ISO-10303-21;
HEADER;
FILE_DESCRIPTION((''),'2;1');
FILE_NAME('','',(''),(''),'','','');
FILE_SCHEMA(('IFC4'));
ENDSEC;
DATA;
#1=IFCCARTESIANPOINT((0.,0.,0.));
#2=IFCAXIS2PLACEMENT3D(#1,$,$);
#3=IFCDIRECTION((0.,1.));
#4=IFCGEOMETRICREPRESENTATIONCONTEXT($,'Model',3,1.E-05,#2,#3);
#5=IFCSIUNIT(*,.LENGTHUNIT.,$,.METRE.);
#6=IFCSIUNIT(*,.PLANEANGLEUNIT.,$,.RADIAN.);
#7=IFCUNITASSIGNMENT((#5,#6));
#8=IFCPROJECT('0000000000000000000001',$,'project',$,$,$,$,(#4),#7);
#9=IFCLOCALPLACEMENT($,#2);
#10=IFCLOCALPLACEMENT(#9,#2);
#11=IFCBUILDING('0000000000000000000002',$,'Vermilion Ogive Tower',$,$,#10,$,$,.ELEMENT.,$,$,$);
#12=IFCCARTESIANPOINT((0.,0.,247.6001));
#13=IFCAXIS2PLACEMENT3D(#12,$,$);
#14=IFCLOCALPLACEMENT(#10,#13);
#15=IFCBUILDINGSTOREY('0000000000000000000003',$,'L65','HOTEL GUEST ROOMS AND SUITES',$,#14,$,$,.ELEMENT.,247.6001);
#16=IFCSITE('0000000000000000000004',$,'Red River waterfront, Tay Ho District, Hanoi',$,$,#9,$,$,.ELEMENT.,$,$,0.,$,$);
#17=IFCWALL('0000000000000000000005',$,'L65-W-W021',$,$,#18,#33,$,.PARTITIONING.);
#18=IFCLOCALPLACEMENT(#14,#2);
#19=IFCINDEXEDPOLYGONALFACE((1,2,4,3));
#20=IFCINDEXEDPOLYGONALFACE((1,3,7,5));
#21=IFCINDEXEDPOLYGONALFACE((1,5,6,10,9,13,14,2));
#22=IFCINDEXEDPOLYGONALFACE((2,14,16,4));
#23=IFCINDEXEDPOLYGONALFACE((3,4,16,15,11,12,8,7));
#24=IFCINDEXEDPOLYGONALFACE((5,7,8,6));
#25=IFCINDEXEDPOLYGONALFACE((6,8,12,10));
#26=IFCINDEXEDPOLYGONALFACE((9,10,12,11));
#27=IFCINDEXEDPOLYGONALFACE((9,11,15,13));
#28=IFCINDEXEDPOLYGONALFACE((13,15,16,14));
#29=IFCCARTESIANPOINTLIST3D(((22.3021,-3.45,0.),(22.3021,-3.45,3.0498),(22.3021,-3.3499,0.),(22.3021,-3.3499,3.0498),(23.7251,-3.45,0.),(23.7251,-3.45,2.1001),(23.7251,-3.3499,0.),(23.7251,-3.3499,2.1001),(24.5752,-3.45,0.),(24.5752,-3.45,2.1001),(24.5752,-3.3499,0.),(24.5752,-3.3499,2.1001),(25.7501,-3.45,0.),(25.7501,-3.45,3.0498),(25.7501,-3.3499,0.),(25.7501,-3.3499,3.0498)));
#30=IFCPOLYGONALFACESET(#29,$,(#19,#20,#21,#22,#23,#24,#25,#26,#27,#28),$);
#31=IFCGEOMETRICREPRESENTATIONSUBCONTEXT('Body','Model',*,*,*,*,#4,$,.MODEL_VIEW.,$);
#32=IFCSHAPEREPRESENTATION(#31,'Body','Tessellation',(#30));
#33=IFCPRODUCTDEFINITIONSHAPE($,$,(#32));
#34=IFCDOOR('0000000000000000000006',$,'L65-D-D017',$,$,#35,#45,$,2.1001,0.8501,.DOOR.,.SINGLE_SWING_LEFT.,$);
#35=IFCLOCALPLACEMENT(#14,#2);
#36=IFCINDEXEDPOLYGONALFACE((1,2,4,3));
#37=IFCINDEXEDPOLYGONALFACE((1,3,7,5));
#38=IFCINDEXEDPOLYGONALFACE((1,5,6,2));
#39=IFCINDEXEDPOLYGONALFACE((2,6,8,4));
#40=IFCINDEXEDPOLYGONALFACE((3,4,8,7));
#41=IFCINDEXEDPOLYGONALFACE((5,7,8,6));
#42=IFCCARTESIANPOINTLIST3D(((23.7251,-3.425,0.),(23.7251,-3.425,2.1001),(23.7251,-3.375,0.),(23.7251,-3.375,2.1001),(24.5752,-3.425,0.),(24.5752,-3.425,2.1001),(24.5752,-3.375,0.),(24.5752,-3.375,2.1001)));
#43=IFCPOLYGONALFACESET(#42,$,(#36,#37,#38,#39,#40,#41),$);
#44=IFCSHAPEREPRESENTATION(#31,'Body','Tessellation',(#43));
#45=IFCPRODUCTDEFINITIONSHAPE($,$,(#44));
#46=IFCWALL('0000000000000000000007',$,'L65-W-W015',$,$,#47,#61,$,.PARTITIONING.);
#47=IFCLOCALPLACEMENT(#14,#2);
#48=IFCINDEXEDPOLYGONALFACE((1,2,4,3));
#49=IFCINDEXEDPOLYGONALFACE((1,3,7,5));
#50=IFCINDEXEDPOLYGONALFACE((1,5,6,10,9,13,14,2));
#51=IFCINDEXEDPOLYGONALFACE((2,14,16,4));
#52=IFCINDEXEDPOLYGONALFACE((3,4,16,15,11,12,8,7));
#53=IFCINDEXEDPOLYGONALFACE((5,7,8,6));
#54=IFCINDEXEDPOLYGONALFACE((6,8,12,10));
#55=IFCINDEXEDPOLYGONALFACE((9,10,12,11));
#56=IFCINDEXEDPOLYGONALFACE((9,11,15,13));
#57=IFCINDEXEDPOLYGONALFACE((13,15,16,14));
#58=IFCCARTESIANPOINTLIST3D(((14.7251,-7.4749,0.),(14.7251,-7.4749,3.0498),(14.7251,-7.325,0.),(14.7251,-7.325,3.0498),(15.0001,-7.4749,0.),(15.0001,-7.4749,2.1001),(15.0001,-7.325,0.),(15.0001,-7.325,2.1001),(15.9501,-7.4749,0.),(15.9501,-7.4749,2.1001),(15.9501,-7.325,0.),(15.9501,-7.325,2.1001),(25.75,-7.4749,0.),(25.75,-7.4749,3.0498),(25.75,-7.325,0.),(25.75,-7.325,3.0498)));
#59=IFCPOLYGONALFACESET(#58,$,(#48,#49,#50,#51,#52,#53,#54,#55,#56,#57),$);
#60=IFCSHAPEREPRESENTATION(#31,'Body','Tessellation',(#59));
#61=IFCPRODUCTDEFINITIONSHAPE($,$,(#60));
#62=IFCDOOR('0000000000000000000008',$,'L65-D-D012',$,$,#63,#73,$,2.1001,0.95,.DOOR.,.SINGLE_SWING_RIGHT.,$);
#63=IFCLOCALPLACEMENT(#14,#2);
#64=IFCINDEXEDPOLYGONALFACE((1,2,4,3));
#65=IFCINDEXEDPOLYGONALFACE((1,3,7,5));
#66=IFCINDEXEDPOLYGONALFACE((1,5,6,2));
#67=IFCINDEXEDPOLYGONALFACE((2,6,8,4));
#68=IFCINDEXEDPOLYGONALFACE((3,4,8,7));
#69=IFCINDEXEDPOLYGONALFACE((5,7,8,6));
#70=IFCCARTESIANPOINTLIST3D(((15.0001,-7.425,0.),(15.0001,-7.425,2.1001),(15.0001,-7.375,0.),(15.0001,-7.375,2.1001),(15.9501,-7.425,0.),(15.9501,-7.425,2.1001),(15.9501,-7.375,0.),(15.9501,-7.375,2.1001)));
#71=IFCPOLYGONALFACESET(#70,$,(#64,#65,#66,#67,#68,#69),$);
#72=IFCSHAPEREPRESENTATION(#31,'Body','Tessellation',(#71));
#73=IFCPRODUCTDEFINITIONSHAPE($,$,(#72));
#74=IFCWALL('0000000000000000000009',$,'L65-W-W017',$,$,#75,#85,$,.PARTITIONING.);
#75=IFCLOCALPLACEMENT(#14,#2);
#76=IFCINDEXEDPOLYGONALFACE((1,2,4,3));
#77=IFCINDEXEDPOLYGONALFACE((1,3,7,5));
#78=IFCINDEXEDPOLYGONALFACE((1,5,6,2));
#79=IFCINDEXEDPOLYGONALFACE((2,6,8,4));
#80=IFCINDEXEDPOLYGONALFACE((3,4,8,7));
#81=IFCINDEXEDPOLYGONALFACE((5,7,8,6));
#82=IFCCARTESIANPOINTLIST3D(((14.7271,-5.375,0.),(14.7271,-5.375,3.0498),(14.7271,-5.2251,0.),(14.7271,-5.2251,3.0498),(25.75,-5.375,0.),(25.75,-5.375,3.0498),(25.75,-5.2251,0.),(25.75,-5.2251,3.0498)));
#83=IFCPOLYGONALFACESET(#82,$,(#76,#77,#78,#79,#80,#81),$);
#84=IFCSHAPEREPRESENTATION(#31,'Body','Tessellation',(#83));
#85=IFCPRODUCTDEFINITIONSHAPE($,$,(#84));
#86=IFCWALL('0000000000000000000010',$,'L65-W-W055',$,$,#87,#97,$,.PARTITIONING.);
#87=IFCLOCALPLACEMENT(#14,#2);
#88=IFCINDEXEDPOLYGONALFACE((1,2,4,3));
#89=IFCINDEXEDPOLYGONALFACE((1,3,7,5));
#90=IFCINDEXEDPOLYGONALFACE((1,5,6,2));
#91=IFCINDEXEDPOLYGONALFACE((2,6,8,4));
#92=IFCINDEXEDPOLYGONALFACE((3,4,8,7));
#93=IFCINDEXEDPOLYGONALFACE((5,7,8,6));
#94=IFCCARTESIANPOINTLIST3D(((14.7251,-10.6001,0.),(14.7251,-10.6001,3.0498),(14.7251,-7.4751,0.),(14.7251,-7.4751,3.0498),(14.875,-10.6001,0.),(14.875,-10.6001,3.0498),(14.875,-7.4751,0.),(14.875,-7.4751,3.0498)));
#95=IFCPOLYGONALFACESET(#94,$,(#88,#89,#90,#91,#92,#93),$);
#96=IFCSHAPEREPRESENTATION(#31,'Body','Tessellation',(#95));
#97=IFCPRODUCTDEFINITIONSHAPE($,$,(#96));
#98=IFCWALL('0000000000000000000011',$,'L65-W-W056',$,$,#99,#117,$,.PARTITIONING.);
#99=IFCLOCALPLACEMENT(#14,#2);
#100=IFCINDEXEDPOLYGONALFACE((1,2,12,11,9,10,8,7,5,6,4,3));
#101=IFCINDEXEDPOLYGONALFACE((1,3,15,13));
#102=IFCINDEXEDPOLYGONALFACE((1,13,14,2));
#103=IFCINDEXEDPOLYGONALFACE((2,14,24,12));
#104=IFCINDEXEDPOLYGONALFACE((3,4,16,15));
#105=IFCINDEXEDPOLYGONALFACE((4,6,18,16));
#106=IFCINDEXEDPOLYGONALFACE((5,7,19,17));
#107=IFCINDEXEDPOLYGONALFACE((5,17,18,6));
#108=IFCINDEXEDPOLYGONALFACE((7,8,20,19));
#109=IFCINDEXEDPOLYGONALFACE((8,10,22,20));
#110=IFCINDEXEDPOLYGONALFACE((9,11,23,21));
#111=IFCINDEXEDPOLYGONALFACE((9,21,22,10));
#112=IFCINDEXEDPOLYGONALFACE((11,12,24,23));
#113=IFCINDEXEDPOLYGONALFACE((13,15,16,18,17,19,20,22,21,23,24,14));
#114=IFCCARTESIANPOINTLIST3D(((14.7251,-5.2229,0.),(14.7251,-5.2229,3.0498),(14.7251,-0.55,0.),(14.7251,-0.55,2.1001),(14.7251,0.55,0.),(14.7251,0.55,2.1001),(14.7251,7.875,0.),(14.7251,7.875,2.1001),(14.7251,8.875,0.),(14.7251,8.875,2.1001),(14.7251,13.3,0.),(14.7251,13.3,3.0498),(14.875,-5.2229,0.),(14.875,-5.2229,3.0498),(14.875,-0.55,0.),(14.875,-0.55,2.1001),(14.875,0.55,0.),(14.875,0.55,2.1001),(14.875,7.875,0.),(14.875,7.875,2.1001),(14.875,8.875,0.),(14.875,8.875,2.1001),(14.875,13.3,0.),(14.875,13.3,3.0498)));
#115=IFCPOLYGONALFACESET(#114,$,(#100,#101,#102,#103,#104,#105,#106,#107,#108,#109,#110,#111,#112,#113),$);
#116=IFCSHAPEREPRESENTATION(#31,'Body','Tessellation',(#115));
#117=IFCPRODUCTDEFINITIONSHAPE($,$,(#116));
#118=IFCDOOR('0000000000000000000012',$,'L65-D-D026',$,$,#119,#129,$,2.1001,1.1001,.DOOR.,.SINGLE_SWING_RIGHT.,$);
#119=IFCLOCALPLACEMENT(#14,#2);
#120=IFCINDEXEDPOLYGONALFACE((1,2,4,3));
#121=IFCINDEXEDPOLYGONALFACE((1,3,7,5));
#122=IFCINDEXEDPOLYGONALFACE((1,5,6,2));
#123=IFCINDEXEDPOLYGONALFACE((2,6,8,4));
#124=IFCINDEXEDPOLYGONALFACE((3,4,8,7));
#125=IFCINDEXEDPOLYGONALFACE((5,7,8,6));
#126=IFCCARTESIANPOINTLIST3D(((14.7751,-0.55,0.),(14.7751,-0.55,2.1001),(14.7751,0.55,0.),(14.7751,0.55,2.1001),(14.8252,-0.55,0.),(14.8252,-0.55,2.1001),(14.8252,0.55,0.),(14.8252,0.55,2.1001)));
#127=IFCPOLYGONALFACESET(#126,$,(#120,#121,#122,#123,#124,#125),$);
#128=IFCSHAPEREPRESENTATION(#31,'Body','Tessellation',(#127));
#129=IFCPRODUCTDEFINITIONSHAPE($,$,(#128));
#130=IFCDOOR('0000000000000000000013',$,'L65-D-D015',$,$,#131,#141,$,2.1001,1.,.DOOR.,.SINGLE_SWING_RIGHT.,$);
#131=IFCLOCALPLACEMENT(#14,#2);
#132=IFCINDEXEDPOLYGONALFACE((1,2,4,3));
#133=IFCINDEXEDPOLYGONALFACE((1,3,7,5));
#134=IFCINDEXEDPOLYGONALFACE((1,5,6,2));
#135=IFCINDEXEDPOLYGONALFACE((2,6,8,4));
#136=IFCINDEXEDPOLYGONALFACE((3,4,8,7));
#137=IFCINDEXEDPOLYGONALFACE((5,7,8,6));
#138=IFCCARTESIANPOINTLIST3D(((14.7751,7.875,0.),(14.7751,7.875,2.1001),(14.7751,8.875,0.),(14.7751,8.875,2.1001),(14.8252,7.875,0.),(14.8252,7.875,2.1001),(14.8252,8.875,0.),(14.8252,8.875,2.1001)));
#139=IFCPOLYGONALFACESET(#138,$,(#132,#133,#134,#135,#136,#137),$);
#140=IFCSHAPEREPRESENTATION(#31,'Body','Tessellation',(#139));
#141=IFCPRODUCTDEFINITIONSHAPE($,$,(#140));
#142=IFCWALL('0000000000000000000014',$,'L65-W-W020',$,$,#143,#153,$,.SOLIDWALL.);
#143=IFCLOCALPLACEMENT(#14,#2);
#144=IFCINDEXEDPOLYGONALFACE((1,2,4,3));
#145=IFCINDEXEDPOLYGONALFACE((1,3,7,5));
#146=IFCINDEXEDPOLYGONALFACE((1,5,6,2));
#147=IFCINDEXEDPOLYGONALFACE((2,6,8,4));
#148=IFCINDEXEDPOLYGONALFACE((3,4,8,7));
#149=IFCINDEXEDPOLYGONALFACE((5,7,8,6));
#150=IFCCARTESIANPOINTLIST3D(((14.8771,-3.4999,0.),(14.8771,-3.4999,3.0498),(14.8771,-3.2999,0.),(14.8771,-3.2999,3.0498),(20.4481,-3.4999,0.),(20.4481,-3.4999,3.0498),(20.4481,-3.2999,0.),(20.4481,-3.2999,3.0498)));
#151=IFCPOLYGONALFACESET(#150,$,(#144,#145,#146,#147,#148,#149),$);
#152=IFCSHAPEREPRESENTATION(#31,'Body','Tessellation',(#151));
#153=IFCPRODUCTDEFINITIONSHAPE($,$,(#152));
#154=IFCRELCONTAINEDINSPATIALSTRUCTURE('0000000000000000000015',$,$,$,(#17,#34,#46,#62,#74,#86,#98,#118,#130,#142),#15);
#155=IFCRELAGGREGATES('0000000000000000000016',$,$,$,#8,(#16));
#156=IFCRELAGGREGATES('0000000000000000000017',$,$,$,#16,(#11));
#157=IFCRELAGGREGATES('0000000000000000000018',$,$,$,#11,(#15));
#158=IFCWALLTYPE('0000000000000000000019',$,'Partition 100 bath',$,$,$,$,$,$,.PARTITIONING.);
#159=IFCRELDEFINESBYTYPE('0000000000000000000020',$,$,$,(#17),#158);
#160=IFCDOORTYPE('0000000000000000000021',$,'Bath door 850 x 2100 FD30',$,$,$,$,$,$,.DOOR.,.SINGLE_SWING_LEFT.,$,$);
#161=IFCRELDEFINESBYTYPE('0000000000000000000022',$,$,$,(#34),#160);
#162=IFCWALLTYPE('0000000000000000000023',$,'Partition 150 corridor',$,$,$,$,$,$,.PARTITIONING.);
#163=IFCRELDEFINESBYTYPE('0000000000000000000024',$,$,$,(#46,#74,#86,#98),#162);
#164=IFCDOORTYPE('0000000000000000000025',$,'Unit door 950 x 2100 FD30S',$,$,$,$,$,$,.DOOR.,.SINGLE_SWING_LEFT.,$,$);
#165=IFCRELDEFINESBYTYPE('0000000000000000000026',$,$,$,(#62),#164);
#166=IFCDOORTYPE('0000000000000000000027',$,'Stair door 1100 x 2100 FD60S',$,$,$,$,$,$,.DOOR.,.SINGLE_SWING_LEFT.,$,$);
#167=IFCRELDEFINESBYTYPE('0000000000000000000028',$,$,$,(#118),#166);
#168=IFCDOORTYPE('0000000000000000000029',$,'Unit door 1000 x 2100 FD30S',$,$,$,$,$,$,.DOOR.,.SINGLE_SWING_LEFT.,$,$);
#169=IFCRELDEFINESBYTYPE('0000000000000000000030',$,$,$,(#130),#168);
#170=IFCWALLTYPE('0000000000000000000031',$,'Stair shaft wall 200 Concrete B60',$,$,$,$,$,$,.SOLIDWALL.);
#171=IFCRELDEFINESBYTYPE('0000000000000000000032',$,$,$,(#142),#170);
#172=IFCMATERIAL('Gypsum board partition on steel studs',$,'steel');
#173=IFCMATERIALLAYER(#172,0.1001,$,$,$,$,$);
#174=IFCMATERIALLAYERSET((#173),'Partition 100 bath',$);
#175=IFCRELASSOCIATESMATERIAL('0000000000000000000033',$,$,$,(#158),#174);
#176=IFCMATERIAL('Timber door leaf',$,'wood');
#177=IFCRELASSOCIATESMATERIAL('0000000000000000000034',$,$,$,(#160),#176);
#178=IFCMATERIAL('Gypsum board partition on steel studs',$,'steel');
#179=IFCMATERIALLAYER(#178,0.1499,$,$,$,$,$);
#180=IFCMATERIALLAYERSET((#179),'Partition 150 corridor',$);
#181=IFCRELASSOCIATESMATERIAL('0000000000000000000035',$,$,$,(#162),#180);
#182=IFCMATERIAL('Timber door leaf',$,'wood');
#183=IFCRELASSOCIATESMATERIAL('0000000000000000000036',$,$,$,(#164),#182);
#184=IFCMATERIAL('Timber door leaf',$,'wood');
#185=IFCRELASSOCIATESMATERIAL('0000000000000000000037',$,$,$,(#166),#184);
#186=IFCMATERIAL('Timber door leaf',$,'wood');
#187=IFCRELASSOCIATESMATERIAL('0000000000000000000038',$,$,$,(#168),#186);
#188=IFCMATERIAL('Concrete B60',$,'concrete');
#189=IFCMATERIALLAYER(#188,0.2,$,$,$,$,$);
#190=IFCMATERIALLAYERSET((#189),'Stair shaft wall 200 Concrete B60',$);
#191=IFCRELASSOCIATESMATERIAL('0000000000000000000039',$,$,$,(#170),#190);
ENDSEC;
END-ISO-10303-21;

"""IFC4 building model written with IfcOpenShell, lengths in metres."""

from ifc_helpers import new_model, si_unit, direction, frame, frame_2d, origin, place, context, subcontext, project, spatial, rectangle, extrude, material, layer, layer_set, type_object, element, fill, save


model = new_model("IFC4")

# Units and contexts
model_context = context("Model", 3, precision=1e-05, world=origin(), true_north=direction((0.0, 1.0)))
body_context = subcontext(model_context, "Body", "Model", "MODEL_VIEW")
ifc_project = project(units=[si_unit("LENGTHUNIT", "METRE"), si_unit("PLANEANGLEUNIT", "RADIAN")], contexts=[model_context])

# Site, building, storey
site_placement = place(None, origin())
site = spatial("IfcSite", under=ifc_project, at=site_placement, Name="Red River waterfront, Tay Ho District, Hanoi", CompositionType="ELEMENT", RefElevation=0.0)
building_placement = place(site_placement, origin())
building = spatial("IfcBuilding", under=site, at=building_placement, Name="Vermilion Ogive Tower", CompositionType="ELEMENT")
storey_placement = place(building_placement, frame((0.0, 0.0, 247.6001)))
storey = spatial("IfcBuildingStorey", under=building, at=storey_placement, Name="L65", Description="HOTEL GUEST ROOMS AND SUITES", CompositionType="ELEMENT", Elevation=247.6001)

# Walls, openings, doors
ifc_material_1 = material(Name="Gypsum board partition on steel studs", Category="steel")
ifc_layer_1 = layer(ifc_material_1, 0.1001)
ifc_layer_set_1 = layer_set([ifc_layer_1], Name="Partition 100 bath")
wall_type_1 = type_object("IfcWallType", Name="Partition 100 bath", PredefinedType="PARTITIONING", material=ifc_layer_set_1)
wall_1_placement = place(storey_placement, frame((22.302, -3.3999, 0.0), z_axis=(0.0, 0.0, 1.0), x_axis=(1.0, 0.0, 0.0)))
wall_1 = element("IfcWall", 1, at=wall_1_placement, inside=storey, type_object=wall_type_1, Name="L65-W-W021", PredefinedType="PARTITIONING", context=body_context, shape_type="SweptSolid", body=[
    extrude(rectangle(XDim=3.448, YDim=0.1001, at=frame_2d((1.7241, 0.0))), origin(), (0.0, 0.0, 1.0), 3.0498),
])
opening_1_placement = place(wall_1_placement, frame((1.4231, 0.0, 0.0)))
opening_1 = element("IfcOpeningElement", 2, at=opening_1_placement, cuts=wall_1, PredefinedType="OPENING", context=body_context, shape_type="SweptSolid", body=[
    extrude(rectangle(XDim=0.8501, YDim=2.1001, at=frame_2d((0.425, 1.05))), frame((0.0, 0.0601, 0.0), z_axis=(0.0, -1.0, 0.0), x_axis=(1.0, 0.0, 0.0)), (0.0, 0.0, 1.0), 0.1201),
])
ifc_material_2 = material(Name="Timber door leaf", Category="wood")
door_type_1 = type_object("IfcDoorType", Name="Bath door 850 x 2100 FD30", OperationType="SINGLE_SWING_LEFT", PredefinedType="DOOR", material=ifc_material_2)
door_1_placement = place(opening_1_placement, origin())
door_1 = element("IfcDoor", 3, at=door_1_placement, inside=storey, type_object=door_type_1, Name="L65-D-D017", OperationType="SINGLE_SWING_LEFT", OverallHeight=2.1001, OverallWidth=0.8501, PredefinedType="DOOR", context=body_context, shape_type="SweptSolid", body=[
    extrude(rectangle(XDim=0.8501, YDim=2.1001, at=frame_2d((0.425, 1.05))), frame((0.0, 0.0249, 0.0), z_axis=(0.0, -1.0, 0.0), x_axis=(1.0, 0.0, 0.0)), (0.0, 0.0, 1.0), 0.05),
])
fill(opening_1, door_1)
ifc_material_3 = material(Name="Gypsum board partition on steel studs", Category="steel")
ifc_layer_2 = layer(ifc_material_3, 0.1499)
ifc_layer_set_2 = layer_set([ifc_layer_2], Name="Partition 150 corridor")
wall_type_2 = type_object("IfcWallType", Name="Partition 150 corridor", PredefinedType="PARTITIONING", material=ifc_layer_set_2)
wall_2_placement = place(storey_placement, frame((14.7251, -7.3999, 0.0), z_axis=(0.0, 0.0, 1.0), x_axis=(1.0, 0.0, 0.0)))
wall_2 = element("IfcWall", 4, at=wall_2_placement, inside=storey, type_object=wall_type_2, Name="L65-W-W015", PredefinedType="PARTITIONING", context=body_context, shape_type="SweptSolid", body=[
    extrude(rectangle(XDim=11.0249, YDim=0.1499, at=frame_2d((5.5125, 0.0))), origin(), (0.0, 0.0, 1.0), 3.0498),
])
opening_2_placement = place(wall_2_placement, frame((0.2749, 0.0, 0.0)))
opening_2 = element("IfcOpeningElement", 5, at=opening_2_placement, cuts=wall_2, PredefinedType="OPENING", context=body_context, shape_type="SweptSolid", body=[
    extrude(rectangle(XDim=0.95, YDim=2.1001, at=frame_2d((0.4751, 1.05))), frame((0.0, 0.085, 0.0), z_axis=(0.0, -1.0, 0.0), x_axis=(1.0, 0.0, 0.0)), (0.0, 0.0, 1.0), 0.1699),
])
ifc_material_4 = material(Name="Timber door leaf", Category="wood")
door_type_2 = type_object("IfcDoorType", Name="Unit door 950 x 2100 FD30S", OperationType="SINGLE_SWING_LEFT", PredefinedType="DOOR", material=ifc_material_4)
door_2_placement = place(opening_2_placement, origin())
door_2 = element("IfcDoor", 6, at=door_2_placement, inside=storey, type_object=door_type_2, Name="L65-D-D012", OperationType="SINGLE_SWING_RIGHT", OverallHeight=2.1001, OverallWidth=0.95, PredefinedType="DOOR", context=body_context, shape_type="SweptSolid", body=[
    extrude(rectangle(XDim=0.95, YDim=2.1001, at=frame_2d((0.4751, 1.05))), frame((0.0, 0.0249, 0.0), z_axis=(0.0, -1.0, 0.0), x_axis=(1.0, 0.0, 0.0)), (0.0, 0.0, 1.0), 0.05),
])
fill(opening_2, door_2)

# Walls
wall_3_placement = place(storey_placement, frame((14.7271, -5.3, 0.0), z_axis=(0.0, 0.0, 1.0), x_axis=(1.0, 0.0, 0.0)))
element("IfcWall", 7, at=wall_3_placement, inside=storey, type_object=wall_type_2, Name="L65-W-W017", PredefinedType="PARTITIONING", context=body_context, shape_type="SweptSolid", body=[
    extrude(rectangle(XDim=11.0229, YDim=0.1499, at=frame_2d((5.5115, 0.0))), origin(), (0.0, 0.0, 1.0), 3.0498),
])
wall_4_placement = place(storey_placement, frame((14.8, -10.6001, 0.0), z_axis=(0.0, 0.0, 1.0), x_axis=(0.0, 1.0, 0.0)))
element("IfcWall", 8, at=wall_4_placement, inside=storey, type_object=wall_type_2, Name="L65-W-W055", PredefinedType="PARTITIONING", context=body_context, shape_type="SweptSolid", body=[
    extrude(rectangle(XDim=3.125, YDim=0.1499, at=frame_2d((1.5625, 0.0))), origin(), (0.0, 0.0, 1.0), 3.0498),
])

# Wall, openings, doors
wall_5_placement = place(storey_placement, frame((14.8, -5.2229, 0.0), z_axis=(0.0, 0.0, 1.0), x_axis=(0.0, 1.0, 0.0)))
wall_5 = element("IfcWall", 9, at=wall_5_placement, inside=storey, type_object=wall_type_2, Name="L65-W-W056", PredefinedType="PARTITIONING", context=body_context, shape_type="SweptSolid", body=[
    extrude(rectangle(XDim=18.5229, YDim=0.1499, at=frame_2d((9.2615, 0.0))), origin(), (0.0, 0.0, 1.0), 3.0498),
])
opening_3_placement = place(wall_5_placement, frame((13.0979, 0.0, 0.0)))
opening_3 = element("IfcOpeningElement", 10, at=opening_3_placement, cuts=wall_5, PredefinedType="OPENING", context=body_context, shape_type="SweptSolid", body=[
    extrude(rectangle(XDim=1.0, YDim=2.1001, at=frame_2d((0.5, 1.05))), frame((0.0, 0.085, 0.0), z_axis=(0.0, -1.0, 0.0), x_axis=(1.0, 0.0, 0.0)), (0.0, 0.0, 1.0), 0.1699),
])
opening_4_placement = place(wall_5_placement, frame((4.6729, 0.0, 0.0)))
opening_4 = element("IfcOpeningElement", 11, at=opening_4_placement, cuts=wall_5, PredefinedType="OPENING", context=body_context, shape_type="SweptSolid", body=[
    extrude(rectangle(XDim=1.1001, YDim=2.1001, at=frame_2d((0.55, 1.05))), frame((0.0, 0.085, 0.0), z_axis=(0.0, -1.0, 0.0), x_axis=(1.0, 0.0, 0.0)), (0.0, 0.0, 1.0), 0.1699),
])
ifc_material_5 = material(Name="Timber door leaf", Category="wood")
door_type_3 = type_object("IfcDoorType", Name="Stair door 1100 x 2100 FD60S", OperationType="SINGLE_SWING_LEFT", PredefinedType="DOOR", material=ifc_material_5)
door_3_placement = place(opening_4_placement, origin())
door_3 = element("IfcDoor", 12, at=door_3_placement, inside=storey, type_object=door_type_3, Name="L65-D-D026", OperationType="SINGLE_SWING_RIGHT", OverallHeight=2.1001, OverallWidth=1.1001, PredefinedType="DOOR", context=body_context, shape_type="SweptSolid", body=[
    extrude(rectangle(XDim=1.1001, YDim=2.1001, at=frame_2d((0.55, 1.05))), frame((0.0, 0.0249, 0.0), z_axis=(0.0, -1.0, 0.0), x_axis=(1.0, 0.0, 0.0)), (0.0, 0.0, 1.0), 0.05),
])
fill(opening_4, door_3)
ifc_material_6 = material(Name="Timber door leaf", Category="wood")
door_type_4 = type_object("IfcDoorType", Name="Unit door 1000 x 2100 FD30S", OperationType="SINGLE_SWING_LEFT", PredefinedType="DOOR", material=ifc_material_6)
door_4_placement = place(opening_3_placement, origin())
door_4 = element("IfcDoor", 13, at=door_4_placement, inside=storey, type_object=door_type_4, Name="L65-D-D015", OperationType="SINGLE_SWING_RIGHT", OverallHeight=2.1001, OverallWidth=1.0, PredefinedType="DOOR", context=body_context, shape_type="SweptSolid", body=[
    extrude(rectangle(XDim=1.0, YDim=2.1001, at=frame_2d((0.5, 1.05))), frame((0.0, 0.0249, 0.0), z_axis=(0.0, -1.0, 0.0), x_axis=(1.0, 0.0, 0.0)), (0.0, 0.0, 1.0), 0.05),
])
fill(opening_3, door_4)

# Wall
ifc_material_7 = material(Name="Concrete B60", Category="concrete")
ifc_layer_3 = layer(ifc_material_7, 0.2)
ifc_layer_set_3 = layer_set([ifc_layer_3], Name="Stair shaft wall 200 Concrete B60")
wall_type_3 = type_object("IfcWallType", Name="Stair shaft wall 200 Concrete B60", PredefinedType="SOLIDWALL", material=ifc_layer_set_3)
wall_6_placement = place(storey_placement, frame((14.877, -3.3999, 0.0), z_axis=(0.0, 0.0, 1.0), x_axis=(1.0, 0.0, 0.0)))
element("IfcWall", 14, at=wall_6_placement, inside=storey, type_object=wall_type_3, Name="L65-W-W020", PredefinedType="SOLIDWALL", context=body_context, shape_type="SweptSolid", body=[
    extrude(rectangle(XDim=5.571, YDim=0.2, at=frame_2d((2.7856, 0.0))), origin(), (0.0, 0.0, 1.0), 3.0498),
])

save(model, "model.ifc")
